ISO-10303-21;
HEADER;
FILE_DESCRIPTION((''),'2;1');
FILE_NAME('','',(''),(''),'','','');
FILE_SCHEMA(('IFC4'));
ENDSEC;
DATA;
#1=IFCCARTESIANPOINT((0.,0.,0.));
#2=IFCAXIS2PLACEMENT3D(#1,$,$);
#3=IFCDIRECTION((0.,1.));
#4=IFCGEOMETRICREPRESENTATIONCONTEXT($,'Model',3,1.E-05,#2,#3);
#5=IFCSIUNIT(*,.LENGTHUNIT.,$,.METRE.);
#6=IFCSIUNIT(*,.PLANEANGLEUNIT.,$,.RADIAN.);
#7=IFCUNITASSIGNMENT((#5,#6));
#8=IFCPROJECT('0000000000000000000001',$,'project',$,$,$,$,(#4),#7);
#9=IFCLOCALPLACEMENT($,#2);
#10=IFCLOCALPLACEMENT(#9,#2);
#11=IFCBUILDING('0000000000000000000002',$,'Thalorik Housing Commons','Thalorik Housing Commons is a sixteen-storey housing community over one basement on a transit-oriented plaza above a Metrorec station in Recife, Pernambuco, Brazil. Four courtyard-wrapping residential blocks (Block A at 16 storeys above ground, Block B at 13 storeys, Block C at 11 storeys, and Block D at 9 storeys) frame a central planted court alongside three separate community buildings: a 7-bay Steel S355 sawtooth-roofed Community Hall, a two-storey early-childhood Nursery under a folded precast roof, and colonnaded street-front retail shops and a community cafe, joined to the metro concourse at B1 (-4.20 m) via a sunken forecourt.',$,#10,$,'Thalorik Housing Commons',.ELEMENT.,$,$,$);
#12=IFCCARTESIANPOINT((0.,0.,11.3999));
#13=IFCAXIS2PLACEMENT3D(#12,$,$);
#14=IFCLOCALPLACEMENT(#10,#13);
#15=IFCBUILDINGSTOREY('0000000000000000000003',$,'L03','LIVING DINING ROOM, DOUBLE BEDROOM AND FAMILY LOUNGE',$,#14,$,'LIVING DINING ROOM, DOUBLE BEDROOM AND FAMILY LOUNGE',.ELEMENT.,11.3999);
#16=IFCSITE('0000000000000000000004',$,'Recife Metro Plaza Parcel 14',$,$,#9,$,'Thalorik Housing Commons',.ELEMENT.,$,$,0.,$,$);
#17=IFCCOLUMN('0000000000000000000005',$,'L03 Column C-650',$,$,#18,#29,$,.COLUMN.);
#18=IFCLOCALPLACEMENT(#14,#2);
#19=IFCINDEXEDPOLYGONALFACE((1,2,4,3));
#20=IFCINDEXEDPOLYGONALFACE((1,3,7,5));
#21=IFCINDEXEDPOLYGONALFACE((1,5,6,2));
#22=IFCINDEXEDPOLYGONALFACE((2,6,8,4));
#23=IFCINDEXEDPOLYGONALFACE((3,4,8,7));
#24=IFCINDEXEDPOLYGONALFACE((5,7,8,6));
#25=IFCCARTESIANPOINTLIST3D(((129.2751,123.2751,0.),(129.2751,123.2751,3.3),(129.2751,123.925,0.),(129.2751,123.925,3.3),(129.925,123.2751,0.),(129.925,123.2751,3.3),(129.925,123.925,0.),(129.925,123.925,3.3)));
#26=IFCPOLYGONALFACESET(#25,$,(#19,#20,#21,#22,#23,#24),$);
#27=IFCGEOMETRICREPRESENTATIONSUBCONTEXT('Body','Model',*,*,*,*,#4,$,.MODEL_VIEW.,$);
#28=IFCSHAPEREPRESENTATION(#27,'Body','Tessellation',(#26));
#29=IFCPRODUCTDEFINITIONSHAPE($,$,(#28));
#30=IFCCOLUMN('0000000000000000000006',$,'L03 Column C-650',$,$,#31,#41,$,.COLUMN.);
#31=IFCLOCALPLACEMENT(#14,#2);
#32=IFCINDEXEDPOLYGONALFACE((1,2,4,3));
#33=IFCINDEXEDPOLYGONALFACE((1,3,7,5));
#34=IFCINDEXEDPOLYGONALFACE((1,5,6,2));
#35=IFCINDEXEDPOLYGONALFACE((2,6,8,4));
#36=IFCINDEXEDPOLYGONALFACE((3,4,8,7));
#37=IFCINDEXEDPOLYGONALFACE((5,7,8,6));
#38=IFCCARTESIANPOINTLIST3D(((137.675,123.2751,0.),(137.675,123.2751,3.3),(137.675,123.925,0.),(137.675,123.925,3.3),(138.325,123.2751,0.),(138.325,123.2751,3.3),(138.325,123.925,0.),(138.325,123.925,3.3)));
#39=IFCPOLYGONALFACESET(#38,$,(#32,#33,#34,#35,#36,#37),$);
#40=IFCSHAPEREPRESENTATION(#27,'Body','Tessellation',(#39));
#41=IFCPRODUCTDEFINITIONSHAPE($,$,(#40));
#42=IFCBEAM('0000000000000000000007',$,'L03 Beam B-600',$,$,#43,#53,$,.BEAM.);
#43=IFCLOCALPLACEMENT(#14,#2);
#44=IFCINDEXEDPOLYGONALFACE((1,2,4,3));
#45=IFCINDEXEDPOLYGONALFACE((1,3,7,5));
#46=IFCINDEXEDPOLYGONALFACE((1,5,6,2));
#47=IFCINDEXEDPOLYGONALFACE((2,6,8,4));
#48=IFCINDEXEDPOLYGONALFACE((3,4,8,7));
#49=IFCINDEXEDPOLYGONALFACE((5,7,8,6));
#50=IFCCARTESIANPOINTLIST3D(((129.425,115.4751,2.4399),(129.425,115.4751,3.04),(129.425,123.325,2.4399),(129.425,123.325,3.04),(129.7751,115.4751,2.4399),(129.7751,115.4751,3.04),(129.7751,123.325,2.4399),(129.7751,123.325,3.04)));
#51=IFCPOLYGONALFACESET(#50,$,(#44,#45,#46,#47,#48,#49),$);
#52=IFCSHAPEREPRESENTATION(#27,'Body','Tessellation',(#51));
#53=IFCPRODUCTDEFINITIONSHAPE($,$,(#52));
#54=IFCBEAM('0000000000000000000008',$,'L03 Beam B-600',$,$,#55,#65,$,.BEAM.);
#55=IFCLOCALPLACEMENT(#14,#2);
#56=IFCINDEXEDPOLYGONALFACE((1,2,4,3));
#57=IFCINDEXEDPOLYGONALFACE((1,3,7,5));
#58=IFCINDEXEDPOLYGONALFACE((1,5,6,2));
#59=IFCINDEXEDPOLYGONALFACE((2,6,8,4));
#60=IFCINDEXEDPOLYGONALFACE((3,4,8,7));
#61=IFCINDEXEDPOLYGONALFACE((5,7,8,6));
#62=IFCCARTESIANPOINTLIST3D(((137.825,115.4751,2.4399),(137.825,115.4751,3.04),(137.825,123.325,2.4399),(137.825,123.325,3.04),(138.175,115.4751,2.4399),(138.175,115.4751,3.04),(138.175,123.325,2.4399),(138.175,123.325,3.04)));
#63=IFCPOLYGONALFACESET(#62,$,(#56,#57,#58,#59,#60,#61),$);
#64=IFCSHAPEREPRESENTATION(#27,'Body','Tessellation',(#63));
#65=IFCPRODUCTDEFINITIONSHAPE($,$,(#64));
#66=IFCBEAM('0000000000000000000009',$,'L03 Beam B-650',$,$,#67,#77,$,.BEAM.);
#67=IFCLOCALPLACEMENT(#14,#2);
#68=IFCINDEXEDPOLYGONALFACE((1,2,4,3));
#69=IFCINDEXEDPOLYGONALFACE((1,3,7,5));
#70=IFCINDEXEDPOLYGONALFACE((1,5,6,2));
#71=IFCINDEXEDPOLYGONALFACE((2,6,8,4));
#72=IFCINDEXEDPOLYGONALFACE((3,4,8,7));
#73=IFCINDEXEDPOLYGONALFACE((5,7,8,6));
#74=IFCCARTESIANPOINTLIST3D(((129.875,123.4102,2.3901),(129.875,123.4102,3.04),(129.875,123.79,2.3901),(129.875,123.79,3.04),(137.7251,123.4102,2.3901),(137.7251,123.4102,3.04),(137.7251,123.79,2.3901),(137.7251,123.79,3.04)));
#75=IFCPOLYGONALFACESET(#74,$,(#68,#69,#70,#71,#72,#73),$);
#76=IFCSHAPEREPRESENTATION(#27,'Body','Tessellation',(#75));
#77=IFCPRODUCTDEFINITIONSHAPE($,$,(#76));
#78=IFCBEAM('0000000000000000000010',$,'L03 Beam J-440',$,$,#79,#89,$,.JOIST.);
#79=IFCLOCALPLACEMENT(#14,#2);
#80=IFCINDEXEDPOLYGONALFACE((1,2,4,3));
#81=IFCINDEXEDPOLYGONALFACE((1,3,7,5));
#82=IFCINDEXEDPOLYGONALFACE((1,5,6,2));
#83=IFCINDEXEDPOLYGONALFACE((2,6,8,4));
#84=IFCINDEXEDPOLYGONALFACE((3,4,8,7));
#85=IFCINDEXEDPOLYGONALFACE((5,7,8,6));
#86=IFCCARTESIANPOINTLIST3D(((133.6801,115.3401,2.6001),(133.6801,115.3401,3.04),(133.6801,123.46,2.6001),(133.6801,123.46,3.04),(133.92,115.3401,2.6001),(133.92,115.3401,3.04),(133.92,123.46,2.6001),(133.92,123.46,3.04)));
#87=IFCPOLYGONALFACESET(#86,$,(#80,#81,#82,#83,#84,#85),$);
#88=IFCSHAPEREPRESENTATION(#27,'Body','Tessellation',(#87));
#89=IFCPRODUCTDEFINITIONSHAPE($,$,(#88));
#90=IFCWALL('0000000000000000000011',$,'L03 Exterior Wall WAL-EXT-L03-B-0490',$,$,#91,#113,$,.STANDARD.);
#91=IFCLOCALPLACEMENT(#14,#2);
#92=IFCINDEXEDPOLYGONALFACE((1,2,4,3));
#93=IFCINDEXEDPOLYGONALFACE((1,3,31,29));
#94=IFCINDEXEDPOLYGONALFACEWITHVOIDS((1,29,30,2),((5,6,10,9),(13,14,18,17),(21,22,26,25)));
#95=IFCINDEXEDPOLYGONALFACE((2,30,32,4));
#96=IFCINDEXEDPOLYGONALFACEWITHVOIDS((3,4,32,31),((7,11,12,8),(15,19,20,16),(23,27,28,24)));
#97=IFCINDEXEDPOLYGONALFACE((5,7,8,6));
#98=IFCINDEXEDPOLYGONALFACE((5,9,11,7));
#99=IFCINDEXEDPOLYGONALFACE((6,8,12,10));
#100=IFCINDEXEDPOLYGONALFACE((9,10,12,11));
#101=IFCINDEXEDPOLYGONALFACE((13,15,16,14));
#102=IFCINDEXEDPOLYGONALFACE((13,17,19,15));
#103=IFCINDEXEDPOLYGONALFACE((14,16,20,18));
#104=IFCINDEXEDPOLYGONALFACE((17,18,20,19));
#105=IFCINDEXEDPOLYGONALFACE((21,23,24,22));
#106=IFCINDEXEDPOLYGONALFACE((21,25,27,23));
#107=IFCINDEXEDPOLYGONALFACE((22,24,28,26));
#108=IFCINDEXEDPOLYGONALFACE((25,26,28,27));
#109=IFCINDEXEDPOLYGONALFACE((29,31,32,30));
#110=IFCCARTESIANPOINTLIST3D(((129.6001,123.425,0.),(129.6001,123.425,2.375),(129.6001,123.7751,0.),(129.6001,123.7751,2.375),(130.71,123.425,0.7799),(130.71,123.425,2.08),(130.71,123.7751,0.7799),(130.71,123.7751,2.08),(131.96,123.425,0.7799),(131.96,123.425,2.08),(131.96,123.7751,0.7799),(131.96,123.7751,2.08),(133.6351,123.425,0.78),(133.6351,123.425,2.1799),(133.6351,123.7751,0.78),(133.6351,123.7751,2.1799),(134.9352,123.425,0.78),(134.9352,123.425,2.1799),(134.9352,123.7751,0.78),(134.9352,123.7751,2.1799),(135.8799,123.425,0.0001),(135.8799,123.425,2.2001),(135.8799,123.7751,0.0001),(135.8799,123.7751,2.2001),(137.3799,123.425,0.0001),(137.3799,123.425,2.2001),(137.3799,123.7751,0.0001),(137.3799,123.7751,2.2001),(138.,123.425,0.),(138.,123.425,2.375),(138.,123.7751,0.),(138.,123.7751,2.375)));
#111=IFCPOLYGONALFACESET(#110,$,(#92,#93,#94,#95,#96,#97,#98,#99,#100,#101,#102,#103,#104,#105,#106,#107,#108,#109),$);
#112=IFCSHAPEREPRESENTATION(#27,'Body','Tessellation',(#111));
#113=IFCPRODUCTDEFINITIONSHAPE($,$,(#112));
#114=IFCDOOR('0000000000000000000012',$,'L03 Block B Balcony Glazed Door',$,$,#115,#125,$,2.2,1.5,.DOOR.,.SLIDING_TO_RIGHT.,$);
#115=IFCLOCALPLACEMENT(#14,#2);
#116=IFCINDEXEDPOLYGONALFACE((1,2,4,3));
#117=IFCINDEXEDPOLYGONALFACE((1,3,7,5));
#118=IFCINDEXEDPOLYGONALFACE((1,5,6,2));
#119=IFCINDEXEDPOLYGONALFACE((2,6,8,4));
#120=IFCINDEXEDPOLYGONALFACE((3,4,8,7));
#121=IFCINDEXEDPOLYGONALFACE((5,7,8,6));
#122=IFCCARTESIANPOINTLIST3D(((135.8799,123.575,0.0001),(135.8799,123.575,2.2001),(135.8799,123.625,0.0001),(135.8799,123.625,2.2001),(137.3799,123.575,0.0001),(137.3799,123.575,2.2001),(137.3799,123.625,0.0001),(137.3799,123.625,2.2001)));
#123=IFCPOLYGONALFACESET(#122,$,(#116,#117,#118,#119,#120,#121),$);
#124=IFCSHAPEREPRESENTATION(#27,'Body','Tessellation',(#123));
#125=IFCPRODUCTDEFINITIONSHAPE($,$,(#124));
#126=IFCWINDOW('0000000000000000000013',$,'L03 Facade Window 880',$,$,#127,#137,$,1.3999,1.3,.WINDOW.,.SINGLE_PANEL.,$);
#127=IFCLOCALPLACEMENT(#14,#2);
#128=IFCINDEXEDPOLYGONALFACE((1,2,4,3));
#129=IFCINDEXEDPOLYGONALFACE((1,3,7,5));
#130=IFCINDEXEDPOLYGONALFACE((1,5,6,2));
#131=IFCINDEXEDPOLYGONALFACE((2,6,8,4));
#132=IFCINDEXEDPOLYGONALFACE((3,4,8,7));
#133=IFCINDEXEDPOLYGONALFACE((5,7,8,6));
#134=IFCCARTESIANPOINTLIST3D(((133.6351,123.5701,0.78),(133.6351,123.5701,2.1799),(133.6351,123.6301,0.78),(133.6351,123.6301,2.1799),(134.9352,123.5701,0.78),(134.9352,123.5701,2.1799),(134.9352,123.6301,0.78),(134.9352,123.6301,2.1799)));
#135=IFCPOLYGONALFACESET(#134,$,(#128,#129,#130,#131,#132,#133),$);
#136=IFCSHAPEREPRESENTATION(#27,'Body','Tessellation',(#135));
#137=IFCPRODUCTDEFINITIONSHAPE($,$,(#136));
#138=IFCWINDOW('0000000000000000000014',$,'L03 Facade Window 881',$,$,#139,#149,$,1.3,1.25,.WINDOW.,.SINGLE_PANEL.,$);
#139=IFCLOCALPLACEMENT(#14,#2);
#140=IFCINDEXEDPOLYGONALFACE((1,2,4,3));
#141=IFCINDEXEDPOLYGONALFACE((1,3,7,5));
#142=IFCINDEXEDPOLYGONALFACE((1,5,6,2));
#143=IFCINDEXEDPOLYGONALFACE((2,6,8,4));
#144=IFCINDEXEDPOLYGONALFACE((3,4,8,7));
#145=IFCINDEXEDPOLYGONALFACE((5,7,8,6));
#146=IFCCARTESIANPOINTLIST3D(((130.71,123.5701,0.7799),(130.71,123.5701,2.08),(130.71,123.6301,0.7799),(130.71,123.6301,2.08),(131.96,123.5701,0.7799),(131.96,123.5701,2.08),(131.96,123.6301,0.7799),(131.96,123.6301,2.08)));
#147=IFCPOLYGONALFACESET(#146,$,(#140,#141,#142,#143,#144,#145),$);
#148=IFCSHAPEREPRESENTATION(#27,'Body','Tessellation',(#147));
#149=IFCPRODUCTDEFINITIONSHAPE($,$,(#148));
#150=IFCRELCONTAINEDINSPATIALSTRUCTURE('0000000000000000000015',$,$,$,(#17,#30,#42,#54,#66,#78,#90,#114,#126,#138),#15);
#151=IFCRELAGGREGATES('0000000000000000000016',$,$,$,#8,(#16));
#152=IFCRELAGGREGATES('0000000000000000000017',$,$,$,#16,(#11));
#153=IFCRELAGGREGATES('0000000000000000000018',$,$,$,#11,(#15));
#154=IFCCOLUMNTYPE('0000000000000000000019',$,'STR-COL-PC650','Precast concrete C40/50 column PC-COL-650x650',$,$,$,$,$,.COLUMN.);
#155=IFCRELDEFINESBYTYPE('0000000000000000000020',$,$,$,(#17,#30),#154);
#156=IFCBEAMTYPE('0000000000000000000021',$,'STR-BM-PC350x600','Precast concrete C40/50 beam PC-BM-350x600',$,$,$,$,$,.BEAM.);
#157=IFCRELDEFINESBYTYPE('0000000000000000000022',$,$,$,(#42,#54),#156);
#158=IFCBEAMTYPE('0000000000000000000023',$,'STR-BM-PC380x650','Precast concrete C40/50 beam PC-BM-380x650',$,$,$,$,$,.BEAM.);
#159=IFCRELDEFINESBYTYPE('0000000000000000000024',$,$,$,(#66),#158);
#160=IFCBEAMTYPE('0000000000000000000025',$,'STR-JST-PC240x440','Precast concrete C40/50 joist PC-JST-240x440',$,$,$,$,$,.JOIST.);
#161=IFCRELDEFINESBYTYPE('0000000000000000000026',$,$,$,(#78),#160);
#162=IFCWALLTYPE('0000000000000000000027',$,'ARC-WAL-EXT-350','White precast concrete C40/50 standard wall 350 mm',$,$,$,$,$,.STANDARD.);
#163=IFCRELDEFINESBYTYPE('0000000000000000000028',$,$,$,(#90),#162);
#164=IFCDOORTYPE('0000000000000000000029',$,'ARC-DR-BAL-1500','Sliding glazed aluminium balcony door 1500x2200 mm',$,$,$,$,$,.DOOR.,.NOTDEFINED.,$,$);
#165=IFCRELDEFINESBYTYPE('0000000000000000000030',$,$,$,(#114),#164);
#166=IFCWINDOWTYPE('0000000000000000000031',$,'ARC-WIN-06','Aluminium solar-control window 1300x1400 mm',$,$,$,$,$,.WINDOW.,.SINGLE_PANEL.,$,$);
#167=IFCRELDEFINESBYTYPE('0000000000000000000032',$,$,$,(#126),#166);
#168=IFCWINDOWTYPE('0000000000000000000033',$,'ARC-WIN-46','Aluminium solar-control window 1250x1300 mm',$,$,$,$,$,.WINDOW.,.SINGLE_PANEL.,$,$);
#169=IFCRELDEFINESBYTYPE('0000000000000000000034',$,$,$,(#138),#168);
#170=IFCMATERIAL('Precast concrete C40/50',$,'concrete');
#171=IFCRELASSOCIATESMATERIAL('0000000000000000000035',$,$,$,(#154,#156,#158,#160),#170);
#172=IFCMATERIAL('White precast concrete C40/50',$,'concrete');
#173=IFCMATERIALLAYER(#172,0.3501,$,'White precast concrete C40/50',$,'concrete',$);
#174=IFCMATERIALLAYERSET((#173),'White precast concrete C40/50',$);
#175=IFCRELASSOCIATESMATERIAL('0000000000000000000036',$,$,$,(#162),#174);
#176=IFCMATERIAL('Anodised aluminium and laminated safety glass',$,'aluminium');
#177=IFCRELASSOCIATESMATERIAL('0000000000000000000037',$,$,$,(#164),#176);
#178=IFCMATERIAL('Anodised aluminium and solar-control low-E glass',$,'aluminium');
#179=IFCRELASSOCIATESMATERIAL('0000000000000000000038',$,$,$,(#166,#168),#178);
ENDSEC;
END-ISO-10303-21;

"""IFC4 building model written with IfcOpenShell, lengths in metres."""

from ifc_helpers import new_model, si_unit, direction, frame, frame_2d, origin, origin_2d, place, context, subcontext, project, spatial, rectangle, extrude, material, layer, layer_set, material_profile, profile_set, type_object, element, fill, save


model = new_model("IFC4")

# Units and contexts
model_context = context("Model", 3, precision=1e-05, world=origin(), true_north=direction((0.0, 1.0)))
body_context = subcontext(model_context, "Body", "Model", "MODEL_VIEW")
ifc_project = project(units=[si_unit("LENGTHUNIT", "METRE"), si_unit("PLANEANGLEUNIT", "RADIAN")], contexts=[model_context])

# Site, building, storey
site_placement = place(None, origin())
site = spatial("IfcSite", under=ifc_project, at=site_placement, Name="Recife Metro Plaza Parcel 14", LongName="Thalorik Housing Commons", CompositionType="ELEMENT", RefElevation=0.0)
building_placement = place(site_placement, origin())
building = spatial("IfcBuilding", under=site, at=building_placement, Name="Thalorik Housing Commons", Description="Thalorik Housing Commons is a sixteen-storey housing community over one basement on a transit-oriented plaza above a Metrorec station in Recife, Pernambuco, Brazil. Four courtyard-wrapping residential blocks (Block A at 16 storeys above ground, Block B at 13 storeys, Block C at 11 storeys, and Block D at 9 storeys) frame a central planted court alongside three separate community buildings: a 7-bay Steel S355 sawtooth-roofed Community Hall, a two-storey early-childhood Nursery under a folded precast roof, and colonnaded street-front retail shops and a community cafe, joined to the metro concourse at B1 (-4.20 m) via a sunken forecourt.", LongName="Thalorik Housing Commons", CompositionType="ELEMENT")
storey_placement = place(building_placement, frame((0.0, 0.0, 11.3999)))
storey = spatial("IfcBuildingStorey", under=building, at=storey_placement, Name="L03", Description="LIVING DINING ROOM, DOUBLE BEDROOM AND FAMILY LOUNGE", LongName="LIVING DINING ROOM, DOUBLE BEDROOM AND FAMILY LOUNGE", CompositionType="ELEMENT", Elevation=11.3999)

# Columns
ifc_material_1 = material(Name="Precast concrete C40/50", Category="concrete")
ifc_material_profile_1 = material_profile(ifc_material_1, rectangle(XDim=0.6499, YDim=0.6499, at=origin_2d()), Name="PC 650x650", Category="concrete")
ifc_profile_set_1 = profile_set([ifc_material_profile_1], Name="Precast concrete C40/50")
column_type = type_object("IfcColumnType", Name="STR-COL-PC650", Description="Precast concrete C40/50 column PC-COL-650x650", PredefinedType="COLUMN", material=ifc_profile_set_1)
for number, where, z_axis, x_axis, name in (
    (1, (129.6001, 123.6001, 0.0), (0.0, 0.0, 1.0), (1.0, 0.0, 0.0), "L03 Column C-650"),
    (2, (138.0, 123.6001, 0.0), (0.0, 0.0, 1.0), (1.0, 0.0, 0.0), "L03 Column C-650"),
):
    element("IfcColumn", number, at=place(storey_placement, frame(where, z_axis=z_axis, x_axis=x_axis)), inside=storey, type_object=column_type, Name=name, PredefinedType="COLUMN", context=body_context, shape_type="SweptSolid", body=[
        extrude(rectangle(XDim=0.6499, YDim=0.6499, at=origin_2d()), origin(), (0.0, 0.0, 1.0), 3.3),
    ])

# Beams
ifc_material_profile_2 = material_profile(ifc_material_1, rectangle(XDim=0.3501, YDim=0.6001, at=origin_2d()), Name="PC 350x600", Category="concrete")
ifc_profile_set_2 = profile_set([ifc_material_profile_2], Name="Precast concrete C40/50")
beam_type_1 = type_object("IfcBeamType", Name="STR-BM-PC350x600", Description="Precast concrete C40/50 beam PC-BM-350x600", PredefinedType="BEAM", material=ifc_profile_set_2)
for number, where, z_axis, x_axis, name in (
    (3, (129.6001, 115.4751, 2.74), (0.0, 1.0, 0.0), (-1.0, 0.0, 0.0), "L03 Beam B-600"),
    (4, (138.0, 115.4751, 2.74), (0.0, 1.0, 0.0), (-1.0, 0.0, 0.0), "L03 Beam B-600"),
):
    element("IfcBeam", number, at=place(storey_placement, frame(where, z_axis=z_axis, x_axis=x_axis)), inside=storey, type_object=beam_type_1, Name=name, PredefinedType="BEAM", context=body_context, shape_type="SweptSolid", body=[
        extrude(rectangle(XDim=0.3501, YDim=0.6001, at=origin_2d()), origin(), (0.0, 0.0, 1.0), 7.8499),
    ])
ifc_material_profile_3 = material_profile(ifc_material_1, rectangle(XDim=0.3799, YDim=0.6499, at=origin_2d()), Name="PC 380x650", Category="concrete")
ifc_profile_set_3 = profile_set([ifc_material_profile_3], Name="Precast concrete C40/50")
beam_type_2 = type_object("IfcBeamType", Name="STR-BM-PC380x650", Description="Precast concrete C40/50 beam PC-BM-380x650", PredefinedType="BEAM", material=ifc_profile_set_3)
beam_1_placement = place(storey_placement, frame((129.875, 123.6001, 2.7151), z_axis=(1.0, 0.0, 0.0), x_axis=(0.0, 1.0, 0.0)))
element("IfcBeam", 5, at=beam_1_placement, inside=storey, type_object=beam_type_2, Name="L03 Beam B-650", PredefinedType="BEAM", context=body_context, shape_type="SweptSolid", body=[
    extrude(rectangle(XDim=0.3799, YDim=0.6499, at=origin_2d()), origin(), (0.0, 0.0, 1.0), 7.8501),
])
ifc_material_profile_4 = material_profile(ifc_material_1, rectangle(XDim=0.24, YDim=0.4399, at=origin_2d()), Name="PC JST 240x440", Category="concrete")
ifc_profile_set_4 = profile_set([ifc_material_profile_4], Name="Precast concrete C40/50")
beam_type_3 = type_object("IfcBeamType", Name="STR-JST-PC240x440", Description="Precast concrete C40/50 joist PC-JST-240x440", PredefinedType="JOIST", material=ifc_profile_set_4)
beam_2_placement = place(storey_placement, frame((133.8, 115.3401, 2.8201), z_axis=(0.0, 1.0, 0.0), x_axis=(-1.0, 0.0, 0.0)))
element("IfcBeam", 6, at=beam_2_placement, inside=storey, type_object=beam_type_3, Name="L03 Beam J-440", PredefinedType="JOIST", context=body_context, shape_type="SweptSolid", body=[
    extrude(rectangle(XDim=0.24, YDim=0.4399, at=origin_2d()), origin(), (0.0, 0.0, 1.0), 8.1199),
])

# Wall, openings, door, windows
ifc_material_2 = material(Name="White precast concrete C40/50", Category="concrete")
ifc_layer_1 = layer(ifc_material_2, 0.3501, Name="White precast concrete C40/50", Category="concrete")
ifc_layer_set_1 = layer_set([ifc_layer_1], Name="White precast concrete C40/50")
wall_type_1 = type_object("IfcWallType", Name="ARC-WAL-EXT-350", Description="White precast concrete C40/50 standard wall 350 mm", PredefinedType="STANDARD", material=ifc_layer_set_1)
wall_1_placement = place(storey_placement, frame((138.0, 123.6001, 0.0), z_axis=(0.0, 0.0, 1.0), x_axis=(-1.0, 0.0, 0.0)))
wall_1 = element("IfcWall", 7, at=wall_1_placement, inside=storey, type_object=wall_type_1, Name="L03 Exterior Wall WAL-EXT-L03-B-0490", PredefinedType="STANDARD", context=body_context, shape_type="SweptSolid", body=[
    extrude(rectangle(XDim=8.3999, YDim=0.3501, at=frame_2d((4.2, 0.0))), origin(), (0.0, 0.0, 1.0), 2.375),
])
opening_1_placement = place(wall_1_placement, frame((0.6201, 0.0, 0.0)))
opening_1 = element("IfcOpeningElement", 8, at=opening_1_placement, cuts=wall_1, PredefinedType="OPENING", context=body_context, shape_type="SweptSolid", body=[
    extrude(rectangle(XDim=1.5, YDim=2.2, at=frame_2d((0.75, 1.1001))), frame((0.0, 0.1851, 0.0), z_axis=(0.0, -1.0, 0.0), x_axis=(1.0, 0.0, 0.0)), (0.0, 0.0, 1.0), 0.3701),
])
opening_2_placement = place(wall_1_placement, frame((3.0649, 0.0, 0.78)))
opening_2 = element("IfcOpeningElement", 9, at=opening_2_placement, cuts=wall_1, PredefinedType="OPENING", context=body_context, shape_type="SweptSolid", body=[
    extrude(rectangle(XDim=1.3, YDim=1.3999, at=frame_2d((0.6499, 0.7))), frame((0.0, 0.1851, 0.0), z_axis=(0.0, -1.0, 0.0), x_axis=(1.0, 0.0, 0.0)), (0.0, 0.0, 1.0), 0.3701),
])
opening_3_placement = place(wall_1_placement, frame((6.04, 0.0, 0.78)))
opening_3 = element("IfcOpeningElement", 10, at=opening_3_placement, cuts=wall_1, PredefinedType="OPENING", context=body_context, shape_type="SweptSolid", body=[
    extrude(rectangle(XDim=1.25, YDim=1.3, at=frame_2d((0.625, 0.6499))), frame((0.0, 0.1851, 0.0), z_axis=(0.0, -1.0, 0.0), x_axis=(1.0, 0.0, 0.0)), (0.0, 0.0, 1.0), 0.3701),
])
ifc_material_3 = material(Name="Anodised aluminium and laminated safety glass", Category="aluminium")
door_type_1 = type_object("IfcDoorType", Name="ARC-DR-BAL-1500", Description="Sliding glazed aluminium balcony door 1500x2200 mm", OperationType="NOTDEFINED", PredefinedType="DOOR", material=ifc_material_3)
door_1_placement = place(opening_1_placement, frame((1.5, 0.0, 0.0), z_axis=(0.0, 0.0, 1.0), x_axis=(-1.0, 0.0, 0.0)))
door_1 = element("IfcDoor", 11, at=door_1_placement, inside=storey, type_object=door_type_1, Name="L03 Block B Balcony Glazed Door", OperationType="SLIDING_TO_RIGHT", OverallHeight=2.2, OverallWidth=1.5, PredefinedType="DOOR", context=body_context, shape_type="SweptSolid", body=[
    extrude(rectangle(XDim=1.5, YDim=2.2, at=frame_2d((0.75, 1.1001))), frame((0.0, 0.0249, 0.0), z_axis=(0.0, -1.0, 0.0), x_axis=(1.0, 0.0, 0.0)), (0.0, 0.0, 1.0), 0.05),
])
fill(opening_1, door_1)
ifc_material_4 = material(Name="Anodised aluminium and solar-control low-E glass", Category="aluminium")
window_type_1 = type_object("IfcWindowType", Name="ARC-WIN-06", Description="Aluminium solar-control window 1300x1400 mm", PartitioningType="SINGLE_PANEL", PredefinedType="WINDOW", material=ifc_material_4)
window_1_placement = place(opening_2_placement, origin())
window_1 = element("IfcWindow", 12, at=window_1_placement, inside=storey, type_object=window_type_1, Name="L03 Facade Window 880", OverallHeight=1.3999, OverallWidth=1.3, PartitioningType="SINGLE_PANEL", PredefinedType="WINDOW", context=body_context, shape_type="SweptSolid", body=[
    extrude(rectangle(XDim=1.3, YDim=1.3999, at=frame_2d((0.6499, 0.7))), frame((0.0, 0.03, 0.0), z_axis=(0.0, -1.0, 0.0), x_axis=(1.0, 0.0, 0.0)), (0.0, 0.0, 1.0), 0.0601),
])
fill(opening_2, window_1)
window_type_2 = type_object("IfcWindowType", Name="ARC-WIN-46", Description="Aluminium solar-control window 1250x1300 mm", PartitioningType="SINGLE_PANEL", PredefinedType="WINDOW", material=ifc_material_4)
window_2_placement = place(opening_3_placement, origin())
window_2 = element("IfcWindow", 13, at=window_2_placement, inside=storey, type_object=window_type_2, Name="L03 Facade Window 881", OverallHeight=1.3, OverallWidth=1.25, PartitioningType="SINGLE_PANEL", PredefinedType="WINDOW", context=body_context, shape_type="SweptSolid", body=[
    extrude(rectangle(XDim=1.25, YDim=1.3, at=frame_2d((0.625, 0.6499))), frame((0.0, 0.03, 0.0), z_axis=(0.0, -1.0, 0.0), x_axis=(1.0, 0.0, 0.0)), (0.0, 0.0, 1.0), 0.0601),
])
fill(opening_3, window_2)

save(model, "model.ifc")
